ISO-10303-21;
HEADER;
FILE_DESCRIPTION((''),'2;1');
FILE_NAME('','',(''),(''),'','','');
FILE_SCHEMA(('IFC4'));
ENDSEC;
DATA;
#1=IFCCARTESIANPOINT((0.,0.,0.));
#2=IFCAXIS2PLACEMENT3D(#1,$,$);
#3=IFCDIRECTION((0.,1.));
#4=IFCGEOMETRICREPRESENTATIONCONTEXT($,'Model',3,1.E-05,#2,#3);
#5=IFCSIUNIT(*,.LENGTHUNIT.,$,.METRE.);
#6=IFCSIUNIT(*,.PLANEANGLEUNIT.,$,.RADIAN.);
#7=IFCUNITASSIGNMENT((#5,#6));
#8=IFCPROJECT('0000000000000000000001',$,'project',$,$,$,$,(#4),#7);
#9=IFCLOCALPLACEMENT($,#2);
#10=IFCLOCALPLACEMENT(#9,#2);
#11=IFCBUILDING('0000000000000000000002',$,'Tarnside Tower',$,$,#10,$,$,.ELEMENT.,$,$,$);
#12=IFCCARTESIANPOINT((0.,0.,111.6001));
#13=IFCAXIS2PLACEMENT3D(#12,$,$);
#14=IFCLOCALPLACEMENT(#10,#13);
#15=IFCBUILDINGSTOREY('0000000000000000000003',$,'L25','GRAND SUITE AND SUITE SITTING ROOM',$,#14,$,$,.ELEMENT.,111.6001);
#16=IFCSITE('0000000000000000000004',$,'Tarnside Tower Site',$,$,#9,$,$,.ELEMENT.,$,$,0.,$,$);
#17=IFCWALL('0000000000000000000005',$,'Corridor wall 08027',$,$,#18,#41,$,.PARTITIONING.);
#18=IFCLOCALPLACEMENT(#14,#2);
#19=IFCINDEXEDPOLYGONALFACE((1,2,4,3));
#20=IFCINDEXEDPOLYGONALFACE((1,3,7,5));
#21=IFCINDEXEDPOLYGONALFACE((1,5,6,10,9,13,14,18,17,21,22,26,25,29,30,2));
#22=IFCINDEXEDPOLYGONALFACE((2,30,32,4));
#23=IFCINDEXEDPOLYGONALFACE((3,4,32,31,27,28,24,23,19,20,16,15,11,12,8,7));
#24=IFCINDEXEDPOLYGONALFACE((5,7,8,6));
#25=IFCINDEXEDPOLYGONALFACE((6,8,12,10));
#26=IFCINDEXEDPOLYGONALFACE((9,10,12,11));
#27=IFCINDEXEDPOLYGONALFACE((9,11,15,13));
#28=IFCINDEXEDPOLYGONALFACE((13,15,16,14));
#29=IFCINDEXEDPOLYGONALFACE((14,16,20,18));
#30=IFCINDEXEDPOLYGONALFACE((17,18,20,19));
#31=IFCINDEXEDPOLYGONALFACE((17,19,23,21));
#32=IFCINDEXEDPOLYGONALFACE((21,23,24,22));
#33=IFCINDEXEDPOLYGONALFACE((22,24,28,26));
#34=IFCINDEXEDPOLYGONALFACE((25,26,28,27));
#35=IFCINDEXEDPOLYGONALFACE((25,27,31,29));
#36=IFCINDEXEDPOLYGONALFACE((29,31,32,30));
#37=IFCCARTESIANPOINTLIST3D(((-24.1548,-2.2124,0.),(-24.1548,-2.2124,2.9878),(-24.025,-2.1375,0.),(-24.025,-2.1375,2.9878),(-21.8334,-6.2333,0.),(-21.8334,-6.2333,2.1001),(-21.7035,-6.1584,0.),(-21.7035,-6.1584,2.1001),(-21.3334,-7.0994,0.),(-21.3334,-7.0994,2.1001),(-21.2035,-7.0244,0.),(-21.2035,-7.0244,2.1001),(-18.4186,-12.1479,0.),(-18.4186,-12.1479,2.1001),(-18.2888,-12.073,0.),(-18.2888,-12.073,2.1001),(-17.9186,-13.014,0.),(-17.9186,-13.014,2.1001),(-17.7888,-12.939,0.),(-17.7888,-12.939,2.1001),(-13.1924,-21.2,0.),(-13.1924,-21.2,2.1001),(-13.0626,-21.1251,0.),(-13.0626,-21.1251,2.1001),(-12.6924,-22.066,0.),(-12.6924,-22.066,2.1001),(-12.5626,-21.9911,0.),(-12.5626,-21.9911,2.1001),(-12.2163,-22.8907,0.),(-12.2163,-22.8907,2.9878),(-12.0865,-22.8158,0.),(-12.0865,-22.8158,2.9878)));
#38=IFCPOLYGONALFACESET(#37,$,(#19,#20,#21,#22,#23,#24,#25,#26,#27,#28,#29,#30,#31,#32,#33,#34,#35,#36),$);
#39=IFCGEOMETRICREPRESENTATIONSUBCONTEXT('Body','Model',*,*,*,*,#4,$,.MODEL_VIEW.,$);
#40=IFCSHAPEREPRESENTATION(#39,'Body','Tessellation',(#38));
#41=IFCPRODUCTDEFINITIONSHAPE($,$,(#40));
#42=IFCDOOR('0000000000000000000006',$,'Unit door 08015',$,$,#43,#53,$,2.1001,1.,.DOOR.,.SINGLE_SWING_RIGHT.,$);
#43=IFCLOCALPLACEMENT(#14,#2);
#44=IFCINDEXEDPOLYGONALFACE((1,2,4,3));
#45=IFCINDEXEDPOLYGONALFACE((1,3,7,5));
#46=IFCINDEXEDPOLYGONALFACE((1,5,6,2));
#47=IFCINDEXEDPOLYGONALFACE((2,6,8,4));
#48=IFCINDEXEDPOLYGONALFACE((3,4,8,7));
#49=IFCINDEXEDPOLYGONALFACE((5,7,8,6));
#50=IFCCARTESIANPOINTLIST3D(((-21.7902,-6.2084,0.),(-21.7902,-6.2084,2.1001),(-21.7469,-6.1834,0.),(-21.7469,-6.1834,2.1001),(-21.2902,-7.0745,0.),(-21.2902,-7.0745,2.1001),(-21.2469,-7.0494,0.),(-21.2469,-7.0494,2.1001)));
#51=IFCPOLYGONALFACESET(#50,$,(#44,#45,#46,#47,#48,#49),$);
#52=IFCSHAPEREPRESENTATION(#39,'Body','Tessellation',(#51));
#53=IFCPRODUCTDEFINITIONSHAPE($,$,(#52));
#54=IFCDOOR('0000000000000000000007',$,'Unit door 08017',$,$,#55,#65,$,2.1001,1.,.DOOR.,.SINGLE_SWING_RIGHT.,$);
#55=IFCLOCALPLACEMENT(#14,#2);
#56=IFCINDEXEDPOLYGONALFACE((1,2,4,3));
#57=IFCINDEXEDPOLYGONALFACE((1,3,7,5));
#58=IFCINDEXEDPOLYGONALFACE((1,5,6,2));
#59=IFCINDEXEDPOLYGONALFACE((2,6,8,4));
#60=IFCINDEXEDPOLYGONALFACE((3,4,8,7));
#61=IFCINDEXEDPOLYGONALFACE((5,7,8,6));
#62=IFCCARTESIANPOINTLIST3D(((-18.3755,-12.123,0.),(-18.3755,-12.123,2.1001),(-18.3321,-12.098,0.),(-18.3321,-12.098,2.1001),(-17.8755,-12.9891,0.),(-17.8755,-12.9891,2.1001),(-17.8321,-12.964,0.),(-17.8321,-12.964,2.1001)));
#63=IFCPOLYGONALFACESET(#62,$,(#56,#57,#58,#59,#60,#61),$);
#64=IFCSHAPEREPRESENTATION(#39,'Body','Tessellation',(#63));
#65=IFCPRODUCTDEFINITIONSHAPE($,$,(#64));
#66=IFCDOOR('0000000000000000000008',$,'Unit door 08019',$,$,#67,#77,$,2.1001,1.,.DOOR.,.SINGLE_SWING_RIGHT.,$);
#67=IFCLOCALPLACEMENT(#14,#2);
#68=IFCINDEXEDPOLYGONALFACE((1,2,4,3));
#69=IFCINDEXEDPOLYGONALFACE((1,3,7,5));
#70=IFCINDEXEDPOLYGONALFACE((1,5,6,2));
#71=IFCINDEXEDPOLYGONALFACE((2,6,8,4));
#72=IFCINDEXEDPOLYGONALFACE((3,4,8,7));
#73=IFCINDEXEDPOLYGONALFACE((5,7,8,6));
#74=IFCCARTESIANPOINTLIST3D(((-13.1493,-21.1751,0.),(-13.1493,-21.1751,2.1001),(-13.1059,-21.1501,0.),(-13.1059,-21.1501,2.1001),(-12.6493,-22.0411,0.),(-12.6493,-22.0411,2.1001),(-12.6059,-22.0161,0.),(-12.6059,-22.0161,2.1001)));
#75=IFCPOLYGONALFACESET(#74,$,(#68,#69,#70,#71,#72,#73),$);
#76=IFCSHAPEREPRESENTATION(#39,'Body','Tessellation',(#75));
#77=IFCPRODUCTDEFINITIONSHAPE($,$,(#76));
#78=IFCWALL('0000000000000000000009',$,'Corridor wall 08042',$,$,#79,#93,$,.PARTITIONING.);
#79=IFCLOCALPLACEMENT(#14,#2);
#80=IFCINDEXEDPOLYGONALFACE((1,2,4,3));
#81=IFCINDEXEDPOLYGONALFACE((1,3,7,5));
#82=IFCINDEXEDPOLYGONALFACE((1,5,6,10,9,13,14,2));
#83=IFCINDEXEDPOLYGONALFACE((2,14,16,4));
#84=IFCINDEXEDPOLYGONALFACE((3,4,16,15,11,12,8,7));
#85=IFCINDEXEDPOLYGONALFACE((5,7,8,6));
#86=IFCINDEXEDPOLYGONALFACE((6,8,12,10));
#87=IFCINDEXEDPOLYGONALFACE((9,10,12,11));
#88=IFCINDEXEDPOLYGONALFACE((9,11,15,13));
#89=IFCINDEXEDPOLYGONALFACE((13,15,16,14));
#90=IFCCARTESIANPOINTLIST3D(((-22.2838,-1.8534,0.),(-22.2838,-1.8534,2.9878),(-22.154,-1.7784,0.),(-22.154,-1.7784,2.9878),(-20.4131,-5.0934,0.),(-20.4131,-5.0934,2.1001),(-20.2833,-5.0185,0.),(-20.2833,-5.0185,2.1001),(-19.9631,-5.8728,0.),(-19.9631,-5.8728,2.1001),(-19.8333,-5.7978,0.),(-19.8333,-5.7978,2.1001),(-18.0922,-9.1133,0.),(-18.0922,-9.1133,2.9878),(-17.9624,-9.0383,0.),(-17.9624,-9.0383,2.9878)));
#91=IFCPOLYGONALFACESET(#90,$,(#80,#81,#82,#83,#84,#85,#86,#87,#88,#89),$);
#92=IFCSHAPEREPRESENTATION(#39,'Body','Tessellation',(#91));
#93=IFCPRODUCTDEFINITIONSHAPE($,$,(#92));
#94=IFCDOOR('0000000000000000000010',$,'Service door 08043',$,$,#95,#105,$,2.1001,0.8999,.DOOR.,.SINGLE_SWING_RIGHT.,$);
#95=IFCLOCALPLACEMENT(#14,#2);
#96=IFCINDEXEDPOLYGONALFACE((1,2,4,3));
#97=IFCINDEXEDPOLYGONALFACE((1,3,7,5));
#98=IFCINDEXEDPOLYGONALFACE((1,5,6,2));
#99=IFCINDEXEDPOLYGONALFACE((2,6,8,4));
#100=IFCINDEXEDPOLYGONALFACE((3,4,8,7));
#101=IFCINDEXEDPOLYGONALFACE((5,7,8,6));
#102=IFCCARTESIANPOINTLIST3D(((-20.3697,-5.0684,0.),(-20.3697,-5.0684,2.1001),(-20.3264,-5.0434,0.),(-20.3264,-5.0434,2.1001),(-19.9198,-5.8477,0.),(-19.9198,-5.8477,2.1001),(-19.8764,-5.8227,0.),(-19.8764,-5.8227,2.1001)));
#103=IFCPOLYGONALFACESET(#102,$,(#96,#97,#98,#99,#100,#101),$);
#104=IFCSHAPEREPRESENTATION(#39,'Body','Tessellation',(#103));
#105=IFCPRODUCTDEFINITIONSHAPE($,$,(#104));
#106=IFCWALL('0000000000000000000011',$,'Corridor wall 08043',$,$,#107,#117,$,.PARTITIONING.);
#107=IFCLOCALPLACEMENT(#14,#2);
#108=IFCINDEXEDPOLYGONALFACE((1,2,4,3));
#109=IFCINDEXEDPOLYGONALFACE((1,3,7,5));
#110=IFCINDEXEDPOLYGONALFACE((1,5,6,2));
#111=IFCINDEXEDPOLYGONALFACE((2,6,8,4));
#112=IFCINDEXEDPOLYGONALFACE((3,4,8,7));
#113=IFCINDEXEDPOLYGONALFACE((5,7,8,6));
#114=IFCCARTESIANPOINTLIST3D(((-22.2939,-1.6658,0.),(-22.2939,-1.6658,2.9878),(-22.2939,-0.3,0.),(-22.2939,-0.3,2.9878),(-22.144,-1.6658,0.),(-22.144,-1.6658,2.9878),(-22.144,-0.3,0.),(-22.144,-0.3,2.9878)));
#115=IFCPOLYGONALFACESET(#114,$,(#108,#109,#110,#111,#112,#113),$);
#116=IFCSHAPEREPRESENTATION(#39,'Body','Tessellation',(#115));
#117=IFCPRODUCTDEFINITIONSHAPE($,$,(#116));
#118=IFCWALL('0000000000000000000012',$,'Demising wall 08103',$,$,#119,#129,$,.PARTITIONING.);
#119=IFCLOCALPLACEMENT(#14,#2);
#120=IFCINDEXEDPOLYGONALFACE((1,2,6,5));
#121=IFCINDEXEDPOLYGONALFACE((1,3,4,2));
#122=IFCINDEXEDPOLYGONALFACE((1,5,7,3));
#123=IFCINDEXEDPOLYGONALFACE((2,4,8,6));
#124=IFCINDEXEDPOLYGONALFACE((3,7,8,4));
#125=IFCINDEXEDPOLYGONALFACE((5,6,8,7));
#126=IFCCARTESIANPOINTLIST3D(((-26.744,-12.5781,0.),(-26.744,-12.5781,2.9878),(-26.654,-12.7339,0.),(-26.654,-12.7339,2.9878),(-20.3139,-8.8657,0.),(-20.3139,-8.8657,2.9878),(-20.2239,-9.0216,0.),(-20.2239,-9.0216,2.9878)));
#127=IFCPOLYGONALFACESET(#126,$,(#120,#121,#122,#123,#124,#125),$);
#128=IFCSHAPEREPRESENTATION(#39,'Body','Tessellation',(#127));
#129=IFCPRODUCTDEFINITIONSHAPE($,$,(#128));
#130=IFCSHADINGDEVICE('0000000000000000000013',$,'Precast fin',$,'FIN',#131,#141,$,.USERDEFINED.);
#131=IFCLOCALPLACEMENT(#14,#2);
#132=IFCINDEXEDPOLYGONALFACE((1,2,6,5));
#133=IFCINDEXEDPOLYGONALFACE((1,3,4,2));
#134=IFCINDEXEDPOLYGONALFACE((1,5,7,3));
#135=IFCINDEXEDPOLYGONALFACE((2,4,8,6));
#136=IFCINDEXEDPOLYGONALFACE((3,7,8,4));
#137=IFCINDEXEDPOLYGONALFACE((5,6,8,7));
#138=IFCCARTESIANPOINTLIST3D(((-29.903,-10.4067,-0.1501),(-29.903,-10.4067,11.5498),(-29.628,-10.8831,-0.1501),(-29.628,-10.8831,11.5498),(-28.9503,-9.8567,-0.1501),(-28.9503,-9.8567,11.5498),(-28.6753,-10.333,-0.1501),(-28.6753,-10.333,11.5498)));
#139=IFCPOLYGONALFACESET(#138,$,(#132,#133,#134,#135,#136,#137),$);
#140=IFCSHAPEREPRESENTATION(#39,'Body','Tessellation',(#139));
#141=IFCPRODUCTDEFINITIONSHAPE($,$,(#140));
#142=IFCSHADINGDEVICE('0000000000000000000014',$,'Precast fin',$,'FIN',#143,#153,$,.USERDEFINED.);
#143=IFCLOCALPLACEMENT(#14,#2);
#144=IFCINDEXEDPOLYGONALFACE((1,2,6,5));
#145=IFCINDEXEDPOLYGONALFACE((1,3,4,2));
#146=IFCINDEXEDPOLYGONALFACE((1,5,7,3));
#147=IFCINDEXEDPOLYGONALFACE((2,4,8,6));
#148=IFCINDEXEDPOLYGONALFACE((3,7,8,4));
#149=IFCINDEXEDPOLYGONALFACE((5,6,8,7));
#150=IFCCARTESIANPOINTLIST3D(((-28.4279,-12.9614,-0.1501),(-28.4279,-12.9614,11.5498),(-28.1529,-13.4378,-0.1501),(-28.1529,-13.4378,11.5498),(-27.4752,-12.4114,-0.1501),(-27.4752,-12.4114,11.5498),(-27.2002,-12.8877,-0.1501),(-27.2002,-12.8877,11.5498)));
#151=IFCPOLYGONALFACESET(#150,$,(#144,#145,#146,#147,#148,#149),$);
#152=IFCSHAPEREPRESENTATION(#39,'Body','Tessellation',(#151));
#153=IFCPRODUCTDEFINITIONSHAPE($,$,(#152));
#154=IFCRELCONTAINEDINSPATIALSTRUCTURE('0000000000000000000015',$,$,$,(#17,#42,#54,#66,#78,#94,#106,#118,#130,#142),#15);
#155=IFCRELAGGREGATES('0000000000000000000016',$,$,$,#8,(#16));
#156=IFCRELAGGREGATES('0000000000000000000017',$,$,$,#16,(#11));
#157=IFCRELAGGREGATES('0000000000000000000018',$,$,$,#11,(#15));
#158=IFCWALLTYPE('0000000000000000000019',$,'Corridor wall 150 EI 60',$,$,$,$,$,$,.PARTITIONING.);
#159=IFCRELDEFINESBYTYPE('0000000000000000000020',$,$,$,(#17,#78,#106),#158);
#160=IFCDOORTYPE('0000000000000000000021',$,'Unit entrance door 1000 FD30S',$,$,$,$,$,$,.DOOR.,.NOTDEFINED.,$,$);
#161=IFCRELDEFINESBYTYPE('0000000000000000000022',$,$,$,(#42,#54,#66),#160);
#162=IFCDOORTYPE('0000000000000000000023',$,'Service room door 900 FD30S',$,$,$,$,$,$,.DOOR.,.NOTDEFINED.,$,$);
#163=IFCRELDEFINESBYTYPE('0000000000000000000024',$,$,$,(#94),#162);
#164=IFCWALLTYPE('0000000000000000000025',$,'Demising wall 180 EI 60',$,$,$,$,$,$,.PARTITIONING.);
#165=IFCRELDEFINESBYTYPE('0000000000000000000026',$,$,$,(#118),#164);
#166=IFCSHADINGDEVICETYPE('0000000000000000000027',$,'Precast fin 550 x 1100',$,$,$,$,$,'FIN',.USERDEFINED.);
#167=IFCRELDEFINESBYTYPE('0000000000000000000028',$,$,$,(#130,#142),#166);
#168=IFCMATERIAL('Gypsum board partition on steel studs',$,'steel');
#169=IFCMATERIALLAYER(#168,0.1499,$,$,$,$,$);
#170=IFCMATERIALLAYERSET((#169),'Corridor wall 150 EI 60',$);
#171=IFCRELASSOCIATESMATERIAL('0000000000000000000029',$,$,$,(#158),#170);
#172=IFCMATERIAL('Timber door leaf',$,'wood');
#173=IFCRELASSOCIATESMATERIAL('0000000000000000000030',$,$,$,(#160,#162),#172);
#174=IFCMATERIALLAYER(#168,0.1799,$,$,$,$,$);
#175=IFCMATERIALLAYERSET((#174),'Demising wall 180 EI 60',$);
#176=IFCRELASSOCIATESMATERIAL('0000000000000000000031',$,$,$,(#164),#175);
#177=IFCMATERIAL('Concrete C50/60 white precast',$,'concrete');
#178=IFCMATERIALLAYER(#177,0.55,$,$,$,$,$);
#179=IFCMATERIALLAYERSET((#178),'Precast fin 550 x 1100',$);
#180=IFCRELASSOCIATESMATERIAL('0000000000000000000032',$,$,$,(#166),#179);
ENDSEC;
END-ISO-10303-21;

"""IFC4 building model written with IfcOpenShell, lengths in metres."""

from ifc_helpers import new_model, si_unit, direction, frame, frame_2d, origin, place, context, subcontext, project, spatial, polyline, rectangle, outline, extrude, material, layer, layer_set, type_object, element, fill, save


model = new_model("IFC4")

# Units and contexts
model_context = context("Model", 3, precision=1e-05, world=origin(), true_north=direction((0.0, 1.0)))
body_context = subcontext(model_context, "Body", "Model", "MODEL_VIEW")
ifc_project = project(units=[si_unit("LENGTHUNIT", "METRE"), si_unit("PLANEANGLEUNIT", "RADIAN")], contexts=[model_context])

# Site, building, storey
site_placement = place(None, origin())
site = spatial("IfcSite", under=ifc_project, at=site_placement, Name="Tarnside Tower Site", CompositionType="ELEMENT", RefElevation=0.0)
building_placement = place(site_placement, origin())
building = spatial("IfcBuilding", under=site, at=building_placement, Name="Tarnside Tower", CompositionType="ELEMENT")
storey_placement = place(building_placement, frame((0.0, 0.0, 111.6001)))
storey = spatial("IfcBuildingStorey", under=building, at=storey_placement, Name="L25", Description="GRAND SUITE AND SUITE SITTING ROOM", CompositionType="ELEMENT", Elevation=111.6001)

# Shared definitions
ifc_material_1 = material(Name="Gypsum board partition on steel studs", Category="steel")
ifc_material_2 = material(Name="Timber door leaf", Category="wood")

# Shared definitions
ifc_layer_1 = layer(ifc_material_1, 0.1499)
ifc_layer_set_1 = layer_set([ifc_layer_1], Name="Corridor wall 150 EI 60")
wall_type_1 = type_object("IfcWallType", Name="Corridor wall 150 EI 60", PredefinedType="PARTITIONING", material=ifc_layer_set_1)

# Wall, openings, doors
wall_1_placement = place(storey_placement, frame((-24.0898, -2.175, 0.0), z_axis=(0.0, 0.0, 1.0), x_axis=(0.499997, -0.866027, 0.0)))
wall_1 = element("IfcWall", 1, at=wall_1_placement, inside=storey, type_object=wall_type_1, Name="Corridor wall 08027", PredefinedType="PARTITIONING", context=body_context, shape_type="SweptSolid", body=[
    extrude(rectangle(XDim=23.8772, YDim=0.1499, at=frame_2d((11.9385, 0.0))), origin(), (0.0, 0.0, 1.0), 2.9878),
])
opening_1_placement = place(wall_1_placement, frame((4.6428, 0.0, 0.0)))
opening_1 = element("IfcOpeningElement", 2, at=opening_1_placement, cuts=wall_1, PredefinedType="OPENING", context=body_context, shape_type="SweptSolid", body=[
    extrude(rectangle(XDim=1.0, YDim=2.1001, at=frame_2d((0.5, 1.05))), frame((0.0, 0.085, 0.0), z_axis=(0.0, -1.0, 0.0), x_axis=(1.0, 0.0, 0.0)), (0.0, 0.0, 1.0), 0.1699),
])
opening_2_placement = place(wall_1_placement, frame((11.4724, 0.0, 0.0)))
opening_2 = element("IfcOpeningElement", 3, at=opening_2_placement, cuts=wall_1, PredefinedType="OPENING", context=body_context, shape_type="SweptSolid", body=[
    extrude(rectangle(XDim=1.0, YDim=2.1001, at=frame_2d((0.5, 1.05))), frame((0.0, 0.085, 0.0), z_axis=(0.0, -1.0, 0.0), x_axis=(1.0, 0.0, 0.0)), (0.0, 0.0, 1.0), 0.1699),
])
opening_3_placement = place(wall_1_placement, frame((21.9248, 0.0, 0.0)))
opening_3 = element("IfcOpeningElement", 4, at=opening_3_placement, cuts=wall_1, PredefinedType="OPENING", context=body_context, shape_type="SweptSolid", body=[
    extrude(rectangle(XDim=1.0, YDim=2.1001, at=frame_2d((0.5, 1.05))), frame((0.0, 0.085, 0.0), z_axis=(0.0, -1.0, 0.0), x_axis=(1.0, 0.0, 0.0)), (0.0, 0.0, 1.0), 0.1699),
])
door_type_1 = type_object("IfcDoorType", Name="Unit entrance door 1000 FD30S", OperationType="NOTDEFINED", PredefinedType="DOOR", material=ifc_material_2)
door_1_placement = place(opening_1_placement, origin())
door_1 = element("IfcDoor", 5, at=door_1_placement, inside=storey, type_object=door_type_1, Name="Unit door 08015", OperationType="SINGLE_SWING_RIGHT", OverallHeight=2.1001, OverallWidth=1.0, PredefinedType="DOOR", context=body_context, shape_type="SweptSolid", body=[
    extrude(rectangle(XDim=1.0, YDim=2.1001, at=frame_2d((0.5, 1.05))), frame((0.0, 0.0249, 0.0), z_axis=(0.0, -1.0, 0.0), x_axis=(1.0, 0.0, 0.0)), (0.0, 0.0, 1.0), 0.05),
])
fill(opening_1, door_1)
door_2_placement = place(opening_2_placement, origin())
door_2 = element("IfcDoor", 6, at=door_2_placement, inside=storey, type_object=door_type_1, Name="Unit door 08017", OperationType="SINGLE_SWING_RIGHT", OverallHeight=2.1001, OverallWidth=1.0, PredefinedType="DOOR", context=body_context, shape_type="SweptSolid", body=[
    extrude(rectangle(XDim=1.0, YDim=2.1001, at=frame_2d((0.5, 1.05))), frame((0.0, 0.0249, 0.0), z_axis=(0.0, -1.0, 0.0), x_axis=(1.0, 0.0, 0.0)), (0.0, 0.0, 1.0), 0.05),
])
fill(opening_2, door_2)
door_3_placement = place(opening_3_placement, origin())
door_3 = element("IfcDoor", 7, at=door_3_placement, inside=storey, type_object=door_type_1, Name="Unit door 08019", OperationType="SINGLE_SWING_RIGHT", OverallHeight=2.1001, OverallWidth=1.0, PredefinedType="DOOR", context=body_context, shape_type="SweptSolid", body=[
    extrude(rectangle(XDim=1.0, YDim=2.1001, at=frame_2d((0.5, 1.05))), frame((0.0, 0.0249, 0.0), z_axis=(0.0, -1.0, 0.0), x_axis=(1.0, 0.0, 0.0)), (0.0, 0.0, 1.0), 0.05),
])
fill(opening_3, door_3)

# Wall, opening, door
wall_2_placement = place(storey_placement, frame((-18.0273, -9.0757, 0.0), z_axis=(0.0, 0.0, 1.0), x_axis=(-0.500007, 0.866021, 0.0)))
wall_2 = element("IfcWall", 8, at=wall_2_placement, inside=storey, type_object=wall_type_1, Name="Corridor wall 08042", PredefinedType="PARTITIONING", context=body_context, shape_type="SweptSolid", body=[
    extrude(rectangle(XDim=8.3831, YDim=0.1499, at=frame_2d((4.1914, 0.0))), origin(), (0.0, 0.0, 1.0), 2.9878),
])
opening_4_placement = place(wall_2_placement, frame((3.7417, 0.0, 0.0)))
opening_4 = element("IfcOpeningElement", 9, at=opening_4_placement, cuts=wall_2, PredefinedType="OPENING", context=body_context, shape_type="SweptSolid", body=[
    extrude(rectangle(XDim=0.8999, YDim=2.1001, at=frame_2d((0.45, 1.05))), frame((0.0, 0.085, 0.0), z_axis=(0.0, -1.0, 0.0), x_axis=(1.0, 0.0, 0.0)), (0.0, 0.0, 1.0), 0.1699),
])
door_type_2 = type_object("IfcDoorType", Name="Service room door 900 FD30S", OperationType="NOTDEFINED", PredefinedType="DOOR", material=ifc_material_2)
door_4_placement = place(opening_4_placement, origin())
door_4 = element("IfcDoor", 10, at=door_4_placement, inside=storey, type_object=door_type_2, Name="Service door 08043", OperationType="SINGLE_SWING_RIGHT", OverallHeight=2.1001, OverallWidth=0.8999, PredefinedType="DOOR", context=body_context, shape_type="SweptSolid", body=[
    extrude(rectangle(XDim=0.8999, YDim=2.1001, at=frame_2d((0.45, 1.05))), frame((0.0, 0.0249, 0.0), z_axis=(0.0, -1.0, 0.0), x_axis=(1.0, 0.0, 0.0)), (0.0, 0.0, 1.0), 0.05),
])
fill(opening_4, door_4)

# Walls
wall_3_placement = place(storey_placement, frame((-22.219, -1.6658, 0.0), z_axis=(0.0, 0.0, 1.0), x_axis=(0.0, 1.0, 0.0)))
element("IfcWall", 11, at=wall_3_placement, inside=storey, type_object=wall_type_1, Name="Corridor wall 08043", PredefinedType="PARTITIONING", context=body_context, shape_type="SweptSolid", body=[
    extrude(rectangle(XDim=1.3657, YDim=0.1499, at=frame_2d((0.6829, 0.0))), origin(), (0.0, 0.0, 1.0), 2.9878),
])
ifc_layer_2 = layer(ifc_material_1, 0.1799)
ifc_layer_set_2 = layer_set([ifc_layer_2], Name="Demising wall 180 EI 60")
wall_type_2 = type_object("IfcWallType", Name="Demising wall 180 EI 60", PredefinedType="PARTITIONING", material=ifc_layer_set_2)
wall_4_placement = place(storey_placement, frame((-26.699, -12.656, 0.0), z_axis=(0.0, 0.0, 1.0), x_axis=(0.866029, 0.499994, 0.0)))
element("IfcWall", 12, at=wall_4_placement, inside=storey, type_object=wall_type_2, Name="Demising wall 08103", PredefinedType="PARTITIONING", context=body_context, shape_type="SweptSolid", body=[
    extrude(rectangle(XDim=7.4248, YDim=0.1799, at=frame_2d((3.7124, 0.0))), origin(), (0.0, 0.0, 1.0), 2.9878),
])

# Shading devices
ifc_material_3 = material(Name="Concrete C50/60 white precast", Category="concrete")
ifc_layer_3 = layer(ifc_material_3, 0.55)
ifc_layer_set_3 = layer_set([ifc_layer_3], Name="Precast fin 550 x 1100")
shading_device_type = type_object("IfcShadingDeviceType", Name="Precast fin 550 x 1100", ElementType="FIN", PredefinedType="USERDEFINED", material=ifc_layer_set_3)
for number, where, z_axis, x_axis, name in (
    (13, (-28.8127, -10.095, -0.1501), (-0.5, 0.866025, 0.0), (-0.866025, -0.5, 0.0), "Precast fin"),
    (14, (-27.3376, -12.6497, -0.1501), (-0.5, 0.866025, 0.0), (-0.866025, -0.5, 0.0), "Precast fin"),
):
    element("IfcShadingDevice", number, at=place(storey_placement, frame(where, z_axis=z_axis, x_axis=x_axis)), inside=storey, type_object=shading_device_type, Name=name, ObjectType="FIN", PredefinedType="USERDEFINED", context=body_context, shape_type="SweptSolid", body=[
        extrude(outline(polyline([(0.0, 0.0), (1.1001, 0.0), (1.1001, 11.7), (0.0, 11.7), (0.0, 0.0)])), frame((0.0, 0.0, -0.2749)), (0.0, 0.0, 1.0), 0.55),
    ])

save(model, "model.ifc")
